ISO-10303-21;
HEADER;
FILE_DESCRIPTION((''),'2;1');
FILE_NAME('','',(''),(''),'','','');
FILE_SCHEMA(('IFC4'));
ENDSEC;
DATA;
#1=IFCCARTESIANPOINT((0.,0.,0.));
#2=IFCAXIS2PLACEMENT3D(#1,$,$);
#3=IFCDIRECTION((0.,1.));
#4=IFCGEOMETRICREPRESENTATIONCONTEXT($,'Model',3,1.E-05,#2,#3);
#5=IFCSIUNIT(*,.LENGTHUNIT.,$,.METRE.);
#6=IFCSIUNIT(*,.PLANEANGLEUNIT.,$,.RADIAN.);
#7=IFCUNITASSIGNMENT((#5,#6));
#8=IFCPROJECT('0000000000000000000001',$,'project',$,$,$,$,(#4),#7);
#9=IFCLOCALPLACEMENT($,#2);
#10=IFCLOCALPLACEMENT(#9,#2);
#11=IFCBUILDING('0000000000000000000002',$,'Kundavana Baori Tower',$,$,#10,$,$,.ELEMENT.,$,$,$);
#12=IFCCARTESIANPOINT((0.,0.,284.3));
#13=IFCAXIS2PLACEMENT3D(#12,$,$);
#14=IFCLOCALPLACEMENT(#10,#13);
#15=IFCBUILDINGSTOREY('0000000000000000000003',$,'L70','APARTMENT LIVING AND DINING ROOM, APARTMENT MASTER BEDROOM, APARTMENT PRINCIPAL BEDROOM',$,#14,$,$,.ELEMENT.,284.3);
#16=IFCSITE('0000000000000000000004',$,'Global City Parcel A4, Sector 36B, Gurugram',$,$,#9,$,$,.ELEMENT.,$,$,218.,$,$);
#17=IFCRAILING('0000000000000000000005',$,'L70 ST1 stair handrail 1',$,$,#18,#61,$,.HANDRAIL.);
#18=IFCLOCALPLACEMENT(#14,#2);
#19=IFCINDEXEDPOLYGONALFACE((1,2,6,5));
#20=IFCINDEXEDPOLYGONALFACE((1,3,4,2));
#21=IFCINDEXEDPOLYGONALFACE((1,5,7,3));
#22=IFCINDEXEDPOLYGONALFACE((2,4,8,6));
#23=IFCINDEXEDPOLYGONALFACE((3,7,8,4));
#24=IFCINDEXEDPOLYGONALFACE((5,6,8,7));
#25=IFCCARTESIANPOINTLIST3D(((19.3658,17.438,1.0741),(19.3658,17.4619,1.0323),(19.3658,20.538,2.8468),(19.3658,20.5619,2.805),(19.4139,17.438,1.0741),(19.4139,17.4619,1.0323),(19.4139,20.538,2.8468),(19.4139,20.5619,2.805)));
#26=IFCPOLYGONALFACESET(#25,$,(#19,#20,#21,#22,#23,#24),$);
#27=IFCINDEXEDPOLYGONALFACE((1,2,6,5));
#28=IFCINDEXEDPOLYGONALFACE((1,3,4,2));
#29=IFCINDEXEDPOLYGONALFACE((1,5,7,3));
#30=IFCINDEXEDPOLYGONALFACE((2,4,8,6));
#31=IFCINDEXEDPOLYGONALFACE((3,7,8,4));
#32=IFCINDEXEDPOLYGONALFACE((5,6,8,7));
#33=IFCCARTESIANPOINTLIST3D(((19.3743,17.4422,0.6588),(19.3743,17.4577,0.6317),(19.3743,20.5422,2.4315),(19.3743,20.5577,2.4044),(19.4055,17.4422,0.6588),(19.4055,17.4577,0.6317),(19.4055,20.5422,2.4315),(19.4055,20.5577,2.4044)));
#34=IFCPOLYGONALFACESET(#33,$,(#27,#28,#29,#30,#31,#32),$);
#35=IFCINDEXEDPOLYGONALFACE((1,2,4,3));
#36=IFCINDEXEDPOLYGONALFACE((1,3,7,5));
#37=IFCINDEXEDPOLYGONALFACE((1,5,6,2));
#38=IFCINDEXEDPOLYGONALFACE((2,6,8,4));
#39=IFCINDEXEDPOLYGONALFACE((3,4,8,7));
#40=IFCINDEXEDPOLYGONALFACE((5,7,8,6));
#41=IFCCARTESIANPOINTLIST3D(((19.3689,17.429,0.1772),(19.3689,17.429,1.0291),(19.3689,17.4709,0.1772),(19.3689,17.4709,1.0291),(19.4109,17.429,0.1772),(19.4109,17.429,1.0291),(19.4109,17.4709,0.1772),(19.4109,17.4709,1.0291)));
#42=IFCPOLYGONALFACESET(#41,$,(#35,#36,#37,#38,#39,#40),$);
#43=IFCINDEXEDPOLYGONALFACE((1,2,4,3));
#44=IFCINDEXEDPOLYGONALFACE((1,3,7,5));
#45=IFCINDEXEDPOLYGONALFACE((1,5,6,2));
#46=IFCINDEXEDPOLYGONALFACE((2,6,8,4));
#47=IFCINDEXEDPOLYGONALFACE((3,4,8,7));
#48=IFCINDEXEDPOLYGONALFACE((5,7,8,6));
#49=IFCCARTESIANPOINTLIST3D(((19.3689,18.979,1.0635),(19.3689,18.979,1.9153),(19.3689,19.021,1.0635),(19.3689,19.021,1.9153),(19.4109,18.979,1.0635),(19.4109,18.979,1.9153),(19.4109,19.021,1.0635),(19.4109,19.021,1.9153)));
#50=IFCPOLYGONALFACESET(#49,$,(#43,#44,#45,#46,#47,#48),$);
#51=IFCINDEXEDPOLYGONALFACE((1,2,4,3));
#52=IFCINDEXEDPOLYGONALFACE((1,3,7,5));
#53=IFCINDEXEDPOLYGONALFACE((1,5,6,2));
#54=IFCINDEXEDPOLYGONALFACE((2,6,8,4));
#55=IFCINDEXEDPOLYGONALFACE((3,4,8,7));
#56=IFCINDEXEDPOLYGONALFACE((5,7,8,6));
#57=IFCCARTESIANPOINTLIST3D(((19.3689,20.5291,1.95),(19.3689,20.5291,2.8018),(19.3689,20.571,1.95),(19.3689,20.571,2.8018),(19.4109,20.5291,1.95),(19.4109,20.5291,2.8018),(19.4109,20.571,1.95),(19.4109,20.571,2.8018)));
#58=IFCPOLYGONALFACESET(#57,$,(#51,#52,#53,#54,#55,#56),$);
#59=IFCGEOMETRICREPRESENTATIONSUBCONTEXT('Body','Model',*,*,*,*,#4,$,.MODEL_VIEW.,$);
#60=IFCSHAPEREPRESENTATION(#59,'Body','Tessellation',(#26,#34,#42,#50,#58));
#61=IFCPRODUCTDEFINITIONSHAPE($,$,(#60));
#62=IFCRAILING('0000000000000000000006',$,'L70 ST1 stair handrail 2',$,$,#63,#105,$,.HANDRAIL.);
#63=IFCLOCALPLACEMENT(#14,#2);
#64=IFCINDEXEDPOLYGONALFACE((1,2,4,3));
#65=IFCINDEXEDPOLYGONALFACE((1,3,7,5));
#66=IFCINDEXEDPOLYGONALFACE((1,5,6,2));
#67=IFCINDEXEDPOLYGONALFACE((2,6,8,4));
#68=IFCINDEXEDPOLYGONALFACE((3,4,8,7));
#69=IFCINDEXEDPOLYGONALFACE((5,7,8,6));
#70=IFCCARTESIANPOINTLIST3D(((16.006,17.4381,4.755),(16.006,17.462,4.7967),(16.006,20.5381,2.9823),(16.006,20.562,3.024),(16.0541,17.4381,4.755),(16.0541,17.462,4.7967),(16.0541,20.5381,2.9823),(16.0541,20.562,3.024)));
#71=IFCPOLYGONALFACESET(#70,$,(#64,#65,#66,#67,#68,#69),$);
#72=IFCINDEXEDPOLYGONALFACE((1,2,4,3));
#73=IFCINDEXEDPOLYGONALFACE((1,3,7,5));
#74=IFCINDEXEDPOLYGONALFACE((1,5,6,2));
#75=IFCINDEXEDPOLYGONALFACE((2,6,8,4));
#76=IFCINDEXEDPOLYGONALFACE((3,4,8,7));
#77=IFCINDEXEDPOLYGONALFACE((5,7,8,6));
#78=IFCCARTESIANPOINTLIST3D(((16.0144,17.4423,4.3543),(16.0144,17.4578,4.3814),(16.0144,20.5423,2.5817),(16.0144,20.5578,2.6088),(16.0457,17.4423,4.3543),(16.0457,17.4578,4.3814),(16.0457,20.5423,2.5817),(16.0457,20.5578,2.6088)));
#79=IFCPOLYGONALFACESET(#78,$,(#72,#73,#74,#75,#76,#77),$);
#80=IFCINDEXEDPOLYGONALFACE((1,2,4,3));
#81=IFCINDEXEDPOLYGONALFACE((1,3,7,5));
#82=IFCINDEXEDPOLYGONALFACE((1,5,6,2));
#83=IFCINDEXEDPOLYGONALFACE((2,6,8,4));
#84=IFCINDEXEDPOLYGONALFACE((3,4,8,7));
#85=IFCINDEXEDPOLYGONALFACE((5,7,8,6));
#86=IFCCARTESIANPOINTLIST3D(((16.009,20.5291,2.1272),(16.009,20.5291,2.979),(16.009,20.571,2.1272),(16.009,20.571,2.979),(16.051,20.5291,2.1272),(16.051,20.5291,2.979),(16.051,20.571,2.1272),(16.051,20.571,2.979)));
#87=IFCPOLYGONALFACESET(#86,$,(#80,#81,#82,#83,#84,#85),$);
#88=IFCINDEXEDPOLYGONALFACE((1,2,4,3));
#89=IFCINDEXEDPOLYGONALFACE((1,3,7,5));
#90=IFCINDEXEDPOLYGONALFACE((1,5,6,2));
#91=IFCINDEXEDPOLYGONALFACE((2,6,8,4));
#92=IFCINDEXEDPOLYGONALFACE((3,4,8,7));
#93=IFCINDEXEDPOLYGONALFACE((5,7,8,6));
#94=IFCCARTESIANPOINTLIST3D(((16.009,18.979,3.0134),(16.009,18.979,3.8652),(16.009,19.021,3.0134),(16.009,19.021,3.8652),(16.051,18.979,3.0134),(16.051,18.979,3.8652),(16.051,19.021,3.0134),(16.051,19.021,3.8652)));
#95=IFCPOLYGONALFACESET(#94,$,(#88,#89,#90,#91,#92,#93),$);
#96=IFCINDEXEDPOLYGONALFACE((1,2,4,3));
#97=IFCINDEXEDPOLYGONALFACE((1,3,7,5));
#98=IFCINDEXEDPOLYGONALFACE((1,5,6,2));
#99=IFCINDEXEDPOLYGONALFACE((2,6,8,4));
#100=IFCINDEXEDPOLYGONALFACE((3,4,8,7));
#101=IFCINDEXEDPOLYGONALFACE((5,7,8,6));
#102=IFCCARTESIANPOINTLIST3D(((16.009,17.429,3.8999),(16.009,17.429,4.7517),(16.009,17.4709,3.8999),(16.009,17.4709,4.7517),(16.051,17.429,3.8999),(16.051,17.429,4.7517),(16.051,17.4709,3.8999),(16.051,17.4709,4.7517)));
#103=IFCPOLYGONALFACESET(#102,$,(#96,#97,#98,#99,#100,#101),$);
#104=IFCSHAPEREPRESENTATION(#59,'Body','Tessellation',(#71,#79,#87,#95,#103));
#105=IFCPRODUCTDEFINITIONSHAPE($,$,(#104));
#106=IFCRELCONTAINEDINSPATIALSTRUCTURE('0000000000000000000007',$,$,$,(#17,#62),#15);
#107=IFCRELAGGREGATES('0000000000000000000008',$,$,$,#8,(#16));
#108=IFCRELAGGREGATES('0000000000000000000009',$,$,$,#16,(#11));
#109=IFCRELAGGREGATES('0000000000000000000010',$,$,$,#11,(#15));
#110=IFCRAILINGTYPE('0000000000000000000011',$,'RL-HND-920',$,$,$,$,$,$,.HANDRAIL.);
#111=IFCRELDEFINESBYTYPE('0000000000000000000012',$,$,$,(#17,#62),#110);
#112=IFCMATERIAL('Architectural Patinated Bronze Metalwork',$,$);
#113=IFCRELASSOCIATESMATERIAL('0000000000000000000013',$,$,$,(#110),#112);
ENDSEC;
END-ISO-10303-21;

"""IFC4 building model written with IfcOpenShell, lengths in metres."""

from ifc_helpers import new_model, si_unit, direction, frame, origin, origin_2d, place, context, subcontext, project, spatial, rectangle, extrude, material, type_object, element, save


model = new_model("IFC4")

# Units and contexts
model_context = context("Model", 3, precision=1e-05, world=origin(), true_north=direction((0.0, 1.0)))
body_context = subcontext(model_context, "Body", "Model", "MODEL_VIEW")
ifc_project = project(units=[si_unit("LENGTHUNIT", "METRE"), si_unit("PLANEANGLEUNIT", "RADIAN")], contexts=[model_context])

# Site, building, storey
site_placement = place(None, origin())
site = spatial("IfcSite", under=ifc_project, at=site_placement, Name="Global City Parcel A4, Sector 36B, Gurugram", CompositionType="ELEMENT", RefElevation=218.0)
building_placement = place(site_placement, origin())
building = spatial("IfcBuilding", under=site, at=building_placement, Name="Kundavana Baori Tower", CompositionType="ELEMENT")
storey_placement = place(building_placement, frame((0.0, 0.0, 284.3)))
storey = spatial("IfcBuildingStorey", under=building, at=storey_placement, Name="L70", Description="APARTMENT LIVING AND DINING ROOM, APARTMENT MASTER BEDROOM, APARTMENT PRINCIPAL BEDROOM", CompositionType="ELEMENT", Elevation=284.3)

# Railings
ifc_material_1 = material(Name="Architectural Patinated Bronze Metalwork")
railing_type_1 = type_object("IfcRailingType", Name="RL-HND-920", PredefinedType="HANDRAIL", material=ifc_material_1)
railing_1_placement = place(storey_placement, frame((19.3899, 17.45, 0.1772)))
element("IfcRailing", 1, at=railing_1_placement, inside=storey, type_object=railing_type_1, Name="L70 ST1 stair handrail 1", PredefinedType="HANDRAIL", context=body_context, shape_type="SweptSolid", body=[
    extrude(rectangle(XDim=0.0481, YDim=0.0481, at=origin_2d()), frame((0.0, 0.0, 0.876), z_axis=(0.0, 0.868096, 0.496397), x_axis=(-1.0, 0.0, 0.0)), (0.0, 0.0, 1.0), 3.571),
    extrude(rectangle(XDim=0.0312, YDim=0.0312, at=origin_2d()), frame((0.0, 0.0, 0.468), z_axis=(0.0, 0.868096, 0.496397), x_axis=(-1.0, 0.0, 0.0)), (0.0, 0.0, 1.0), 3.571),
    extrude(rectangle(XDim=0.042, YDim=0.042, at=origin_2d()), origin(), (0.0, 0.0, 1.0), 0.8518),
    extrude(rectangle(XDim=0.042, YDim=0.042, at=origin_2d()), frame((0.0, 1.55, 0.8862)), (0.0, 0.0, 1.0), 0.8518),
    extrude(rectangle(XDim=0.042, YDim=0.042, at=origin_2d()), frame((0.0, 3.1001, 1.7727)), (0.0, 0.0, 1.0), 0.8518),
])
railing_2_placement = place(storey_placement, frame((16.03, 20.55, 2.1272)))
element("IfcRailing", 2, at=railing_2_placement, inside=storey, type_object=railing_type_1, Name="L70 ST1 stair handrail 2", PredefinedType="HANDRAIL", context=body_context, shape_type="SweptSolid", body=[
    extrude(rectangle(XDim=0.0481, YDim=0.0481, at=origin_2d()), frame((0.0, 0.0, 0.876), z_axis=(0.0, -0.868096, 0.496397), x_axis=(1.0, 0.0, 0.0)), (0.0, 0.0, 1.0), 3.571),
    extrude(rectangle(XDim=0.0312, YDim=0.0312, at=origin_2d()), frame((0.0, 0.0, 0.468), z_axis=(0.0, -0.868096, 0.496397), x_axis=(1.0, 0.0, 0.0)), (0.0, 0.0, 1.0), 3.571),
    extrude(rectangle(XDim=0.042, YDim=0.042, at=origin_2d()), origin(), (0.0, 0.0, 1.0), 0.8518),
    extrude(rectangle(XDim=0.042, YDim=0.042, at=origin_2d()), frame((0.0, -1.55, 0.8862)), (0.0, 0.0, 1.0), 0.8518),
    extrude(rectangle(XDim=0.042, YDim=0.042, at=origin_2d()), frame((0.0, -3.1001, 1.7727)), (0.0, 0.0, 1.0), 0.8518),
])

save(model, "model.ifc")
